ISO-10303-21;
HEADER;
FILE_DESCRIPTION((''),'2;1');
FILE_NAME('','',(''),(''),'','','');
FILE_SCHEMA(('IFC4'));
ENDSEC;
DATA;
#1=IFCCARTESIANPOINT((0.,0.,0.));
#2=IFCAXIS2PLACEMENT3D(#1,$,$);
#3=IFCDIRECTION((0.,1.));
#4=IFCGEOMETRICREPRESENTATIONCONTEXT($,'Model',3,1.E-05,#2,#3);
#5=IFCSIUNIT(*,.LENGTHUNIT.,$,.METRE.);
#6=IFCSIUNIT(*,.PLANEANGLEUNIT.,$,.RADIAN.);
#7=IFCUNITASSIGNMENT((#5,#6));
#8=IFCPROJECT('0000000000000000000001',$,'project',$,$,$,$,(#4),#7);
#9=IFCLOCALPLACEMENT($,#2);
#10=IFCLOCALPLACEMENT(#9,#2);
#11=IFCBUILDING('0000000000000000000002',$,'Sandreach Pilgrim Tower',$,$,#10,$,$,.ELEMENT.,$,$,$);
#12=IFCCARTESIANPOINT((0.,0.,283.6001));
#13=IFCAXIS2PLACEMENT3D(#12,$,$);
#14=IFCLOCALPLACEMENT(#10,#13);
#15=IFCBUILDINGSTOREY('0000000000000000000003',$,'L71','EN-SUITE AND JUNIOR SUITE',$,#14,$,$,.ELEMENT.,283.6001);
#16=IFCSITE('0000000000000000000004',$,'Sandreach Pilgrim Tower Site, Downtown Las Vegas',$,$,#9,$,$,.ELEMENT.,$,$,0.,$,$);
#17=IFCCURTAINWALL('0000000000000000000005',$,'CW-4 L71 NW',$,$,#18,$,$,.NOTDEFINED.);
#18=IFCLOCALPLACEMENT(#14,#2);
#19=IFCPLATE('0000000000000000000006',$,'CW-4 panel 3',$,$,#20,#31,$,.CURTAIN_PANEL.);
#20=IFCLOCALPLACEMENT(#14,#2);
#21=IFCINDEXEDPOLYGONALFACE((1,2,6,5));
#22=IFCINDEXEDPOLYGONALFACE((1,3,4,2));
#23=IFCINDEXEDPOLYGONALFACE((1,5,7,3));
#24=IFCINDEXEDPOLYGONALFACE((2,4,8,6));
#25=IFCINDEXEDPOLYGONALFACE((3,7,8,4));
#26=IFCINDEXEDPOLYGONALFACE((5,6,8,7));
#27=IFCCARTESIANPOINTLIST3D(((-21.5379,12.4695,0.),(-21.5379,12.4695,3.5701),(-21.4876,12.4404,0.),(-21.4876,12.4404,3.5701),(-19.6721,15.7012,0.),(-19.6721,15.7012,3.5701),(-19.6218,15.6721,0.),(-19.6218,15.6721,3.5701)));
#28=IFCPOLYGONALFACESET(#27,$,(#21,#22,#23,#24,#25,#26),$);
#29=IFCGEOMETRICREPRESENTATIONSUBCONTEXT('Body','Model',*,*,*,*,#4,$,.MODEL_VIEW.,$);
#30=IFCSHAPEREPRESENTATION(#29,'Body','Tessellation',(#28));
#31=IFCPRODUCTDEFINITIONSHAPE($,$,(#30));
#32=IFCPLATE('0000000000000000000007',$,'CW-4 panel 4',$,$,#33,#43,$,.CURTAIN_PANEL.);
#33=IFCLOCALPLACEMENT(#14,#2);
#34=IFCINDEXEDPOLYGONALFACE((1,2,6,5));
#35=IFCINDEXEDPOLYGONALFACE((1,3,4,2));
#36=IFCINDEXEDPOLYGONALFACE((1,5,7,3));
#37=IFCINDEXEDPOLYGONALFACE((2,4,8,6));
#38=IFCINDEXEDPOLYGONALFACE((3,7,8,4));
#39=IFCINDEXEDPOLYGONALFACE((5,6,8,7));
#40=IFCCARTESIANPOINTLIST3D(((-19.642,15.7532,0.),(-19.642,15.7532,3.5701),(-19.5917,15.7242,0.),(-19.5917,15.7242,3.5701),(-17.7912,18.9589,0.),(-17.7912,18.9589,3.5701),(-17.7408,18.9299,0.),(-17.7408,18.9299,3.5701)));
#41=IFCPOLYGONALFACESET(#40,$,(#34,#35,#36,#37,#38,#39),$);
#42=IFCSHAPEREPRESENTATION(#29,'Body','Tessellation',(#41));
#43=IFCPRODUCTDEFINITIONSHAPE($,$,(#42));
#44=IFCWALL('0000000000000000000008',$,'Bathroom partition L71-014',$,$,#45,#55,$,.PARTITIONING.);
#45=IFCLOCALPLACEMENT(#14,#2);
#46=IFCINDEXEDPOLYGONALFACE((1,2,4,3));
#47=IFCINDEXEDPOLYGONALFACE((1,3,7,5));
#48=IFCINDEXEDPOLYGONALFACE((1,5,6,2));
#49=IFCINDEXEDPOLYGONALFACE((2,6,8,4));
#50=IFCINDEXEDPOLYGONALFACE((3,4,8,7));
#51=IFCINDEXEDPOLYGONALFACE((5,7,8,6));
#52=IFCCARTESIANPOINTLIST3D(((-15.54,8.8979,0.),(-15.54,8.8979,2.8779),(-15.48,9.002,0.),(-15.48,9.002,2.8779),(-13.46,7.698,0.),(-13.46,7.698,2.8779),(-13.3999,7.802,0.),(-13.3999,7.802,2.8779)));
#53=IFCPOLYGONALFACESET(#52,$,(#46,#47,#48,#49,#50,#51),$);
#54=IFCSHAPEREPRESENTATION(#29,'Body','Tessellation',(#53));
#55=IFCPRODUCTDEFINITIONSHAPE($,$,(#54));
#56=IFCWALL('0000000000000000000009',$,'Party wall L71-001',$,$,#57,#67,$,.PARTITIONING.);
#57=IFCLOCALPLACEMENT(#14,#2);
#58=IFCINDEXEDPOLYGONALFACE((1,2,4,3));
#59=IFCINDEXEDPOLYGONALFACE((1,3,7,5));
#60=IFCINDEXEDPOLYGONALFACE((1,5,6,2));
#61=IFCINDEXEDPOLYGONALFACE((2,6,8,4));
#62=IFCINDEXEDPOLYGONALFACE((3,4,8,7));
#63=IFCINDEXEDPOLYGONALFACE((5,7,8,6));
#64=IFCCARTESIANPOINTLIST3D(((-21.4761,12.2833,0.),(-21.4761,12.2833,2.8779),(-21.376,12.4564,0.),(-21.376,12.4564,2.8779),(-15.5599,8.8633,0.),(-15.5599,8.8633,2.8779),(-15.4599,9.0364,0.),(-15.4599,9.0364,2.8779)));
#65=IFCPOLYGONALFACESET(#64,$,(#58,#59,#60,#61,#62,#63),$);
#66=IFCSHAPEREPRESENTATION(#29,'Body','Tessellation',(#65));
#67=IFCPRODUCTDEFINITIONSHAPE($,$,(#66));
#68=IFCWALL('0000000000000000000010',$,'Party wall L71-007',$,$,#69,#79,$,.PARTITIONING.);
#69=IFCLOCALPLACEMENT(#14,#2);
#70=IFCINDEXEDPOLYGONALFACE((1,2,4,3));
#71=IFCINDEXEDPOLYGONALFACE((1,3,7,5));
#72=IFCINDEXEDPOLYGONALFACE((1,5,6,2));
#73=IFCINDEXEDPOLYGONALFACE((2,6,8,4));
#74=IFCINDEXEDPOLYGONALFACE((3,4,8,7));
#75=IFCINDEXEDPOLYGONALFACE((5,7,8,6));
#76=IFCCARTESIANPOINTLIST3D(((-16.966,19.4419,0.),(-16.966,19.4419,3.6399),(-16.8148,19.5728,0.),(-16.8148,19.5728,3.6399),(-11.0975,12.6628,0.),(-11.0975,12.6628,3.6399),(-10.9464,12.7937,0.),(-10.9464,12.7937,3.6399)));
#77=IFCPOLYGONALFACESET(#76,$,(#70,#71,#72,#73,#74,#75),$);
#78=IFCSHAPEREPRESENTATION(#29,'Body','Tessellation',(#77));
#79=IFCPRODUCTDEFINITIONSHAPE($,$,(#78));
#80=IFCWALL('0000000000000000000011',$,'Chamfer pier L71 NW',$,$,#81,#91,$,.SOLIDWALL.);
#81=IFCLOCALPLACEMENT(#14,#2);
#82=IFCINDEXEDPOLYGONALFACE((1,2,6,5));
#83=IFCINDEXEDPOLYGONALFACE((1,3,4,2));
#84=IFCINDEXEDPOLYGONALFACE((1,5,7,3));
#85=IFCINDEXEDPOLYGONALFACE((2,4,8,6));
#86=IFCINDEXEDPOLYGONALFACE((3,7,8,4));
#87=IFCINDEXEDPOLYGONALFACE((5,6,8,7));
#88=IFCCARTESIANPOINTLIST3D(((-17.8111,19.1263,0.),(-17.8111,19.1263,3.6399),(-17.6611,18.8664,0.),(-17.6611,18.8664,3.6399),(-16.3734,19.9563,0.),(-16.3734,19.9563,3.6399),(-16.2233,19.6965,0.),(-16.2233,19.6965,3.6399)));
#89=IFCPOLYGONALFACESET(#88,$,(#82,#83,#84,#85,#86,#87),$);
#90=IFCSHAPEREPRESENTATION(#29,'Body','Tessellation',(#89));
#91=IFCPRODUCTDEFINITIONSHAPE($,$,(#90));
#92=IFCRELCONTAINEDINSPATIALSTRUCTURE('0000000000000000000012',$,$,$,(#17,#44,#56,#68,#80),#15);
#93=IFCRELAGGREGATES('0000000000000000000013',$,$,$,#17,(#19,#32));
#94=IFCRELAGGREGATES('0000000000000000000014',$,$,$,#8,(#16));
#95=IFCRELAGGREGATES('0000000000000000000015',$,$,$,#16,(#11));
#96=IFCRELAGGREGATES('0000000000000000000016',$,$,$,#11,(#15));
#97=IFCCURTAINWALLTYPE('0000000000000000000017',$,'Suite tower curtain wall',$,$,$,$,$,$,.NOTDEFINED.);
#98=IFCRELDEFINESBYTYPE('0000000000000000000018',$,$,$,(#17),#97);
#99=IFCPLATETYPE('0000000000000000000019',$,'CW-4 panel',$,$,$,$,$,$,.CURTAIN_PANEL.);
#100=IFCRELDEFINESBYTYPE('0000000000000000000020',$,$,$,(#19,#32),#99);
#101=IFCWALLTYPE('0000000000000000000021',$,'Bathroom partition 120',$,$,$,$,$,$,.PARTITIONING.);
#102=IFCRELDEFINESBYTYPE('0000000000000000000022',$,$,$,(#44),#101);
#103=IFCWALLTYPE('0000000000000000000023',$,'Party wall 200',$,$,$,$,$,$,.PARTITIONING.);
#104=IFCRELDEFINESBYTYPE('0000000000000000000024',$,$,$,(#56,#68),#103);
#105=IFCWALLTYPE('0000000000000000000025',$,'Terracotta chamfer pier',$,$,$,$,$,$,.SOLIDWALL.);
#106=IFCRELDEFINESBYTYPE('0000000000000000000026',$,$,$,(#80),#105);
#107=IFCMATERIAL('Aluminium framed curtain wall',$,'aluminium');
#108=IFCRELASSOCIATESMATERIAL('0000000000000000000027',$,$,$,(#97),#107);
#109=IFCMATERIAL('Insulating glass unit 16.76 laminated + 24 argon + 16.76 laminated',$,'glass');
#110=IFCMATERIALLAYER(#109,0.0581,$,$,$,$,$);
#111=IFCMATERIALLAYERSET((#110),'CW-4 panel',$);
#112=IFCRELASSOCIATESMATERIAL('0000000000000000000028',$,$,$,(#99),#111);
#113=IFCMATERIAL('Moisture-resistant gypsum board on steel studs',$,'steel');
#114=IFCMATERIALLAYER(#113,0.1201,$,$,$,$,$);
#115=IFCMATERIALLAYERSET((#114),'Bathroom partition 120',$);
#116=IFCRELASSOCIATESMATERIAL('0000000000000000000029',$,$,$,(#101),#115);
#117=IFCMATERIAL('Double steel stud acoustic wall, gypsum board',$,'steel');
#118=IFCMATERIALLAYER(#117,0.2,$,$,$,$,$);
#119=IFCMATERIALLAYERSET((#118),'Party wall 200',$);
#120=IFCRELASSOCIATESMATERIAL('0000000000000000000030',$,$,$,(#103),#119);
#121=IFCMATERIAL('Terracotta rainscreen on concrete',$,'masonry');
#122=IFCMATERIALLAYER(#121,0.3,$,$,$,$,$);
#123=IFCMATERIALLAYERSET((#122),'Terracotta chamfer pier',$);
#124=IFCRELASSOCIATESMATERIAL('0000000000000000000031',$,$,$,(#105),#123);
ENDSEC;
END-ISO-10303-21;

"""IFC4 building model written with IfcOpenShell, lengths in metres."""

from ifc_helpers import new_model, si_unit, direction, frame, frame_2d, origin, origin_2d, place, context, subcontext, project, spatial, rectangle, extrude, material, layer, layer_set, type_object, element, aggregate, save


model = new_model("IFC4")

# Units and contexts
model_context = context("Model", 3, precision=1e-05, world=origin(), true_north=direction((0.0, 1.0)))
body_context = subcontext(model_context, "Body", "Model", "MODEL_VIEW")
ifc_project = project(units=[si_unit("LENGTHUNIT", "METRE"), si_unit("PLANEANGLEUNIT", "RADIAN")], contexts=[model_context])

# Site, building, storey
site_placement = place(None, origin())
site = spatial("IfcSite", under=ifc_project, at=site_placement, Name="Sandreach Pilgrim Tower Site, Downtown Las Vegas", CompositionType="ELEMENT", RefElevation=0.0)
building_placement = place(site_placement, origin())
building = spatial("IfcBuilding", under=site, at=building_placement, Name="Sandreach Pilgrim Tower", CompositionType="ELEMENT")
storey_placement = place(building_placement, frame((0.0, 0.0, 283.6001)))
storey = spatial("IfcBuildingStorey", under=building, at=storey_placement, Name="L71", Description="EN-SUITE AND JUNIOR SUITE", CompositionType="ELEMENT", Elevation=283.6001)

# Shared definitions
ifc_material_1 = material(Name="Aluminium framed curtain wall", Category="aluminium")
curtain_wall_type = type_object("IfcCurtainWallType", Name="Suite tower curtain wall", PredefinedType="NOTDEFINED", material=ifc_material_1)

# Curtain wall
curtain_wall_1_placement = place(storey_placement, origin())
curtain_wall_1 = element("IfcCurtainWall", 1, at=curtain_wall_1_placement, inside=storey, type_object=curtain_wall_type, Name="CW-4 L71 NW", PredefinedType="NOTDEFINED")

# Plates
ifc_material_2 = material(Name="Insulating glass unit 16.76 laminated + 24 argon + 16.76 laminated", Category="glass")
ifc_layer_1 = layer(ifc_material_2, 0.0581)
ifc_layer_set_1 = layer_set([ifc_layer_1], Name="CW-4 panel")
plate_type = type_object("IfcPlateType", Name="CW-4 panel", PredefinedType="CURTAIN_PANEL", material=ifc_layer_set_1)
plate_1_placement = place(storey_placement, frame((-20.5798, 14.0708, 0.0), z_axis=(0.0, 0.0, 1.0), x_axis=(0.5, 0.866025, 0.0)))
plate_1 = element("IfcPlate", 2, at=plate_1_placement, type_object=plate_type, Name="CW-4 panel 3", PredefinedType="CURTAIN_PANEL", context=body_context, shape_type="SweptSolid", body=[
    extrude(rectangle(XDim=3.7317, YDim=0.0581, at=origin_2d()), origin(), (0.0, 0.0, 1.0), 3.5701),
])
plate_2_placement = place(storey_placement, frame((-18.6914, 17.3416, 0.0), z_axis=(0.0, 0.0, 1.0), x_axis=(0.5, 0.866025, 0.0)))
plate_2 = element("IfcPlate", 3, at=plate_2_placement, type_object=plate_type, Name="CW-4 panel 4", PredefinedType="CURTAIN_PANEL", context=body_context, shape_type="SweptSolid", body=[
    extrude(rectangle(XDim=3.7017, YDim=0.0581, at=origin_2d()), origin(), (0.0, 0.0, 1.0), 3.5701),
])
aggregate(curtain_wall_1, [plate_1, plate_2])

# Walls
ifc_material_3 = material(Name="Moisture-resistant gypsum board on steel studs", Category="steel")
ifc_layer_2 = layer(ifc_material_3, 0.1201)
ifc_layer_set_2 = layer_set([ifc_layer_2], Name="Bathroom partition 120")
wall_type_1 = type_object("IfcWallType", Name="Bathroom partition 120", PredefinedType="PARTITIONING", material=ifc_layer_set_2)
wall_1_placement = place(storey_placement, frame((-15.51, 8.95, 0.0), z_axis=(0.0, 0.0, 1.0), x_axis=(0.866203, -0.499693, 0.0)))
element("IfcWall", 4, at=wall_1_placement, inside=storey, type_object=wall_type_1, Name="Bathroom partition L71-014", PredefinedType="PARTITIONING", context=body_context, shape_type="SweptSolid", body=[
    extrude(rectangle(XDim=2.4014, YDim=0.1201, at=frame_2d((1.2007, 0.0))), origin(), (0.0, 0.0, 1.0), 2.8779),
])
ifc_material_4 = material(Name="Double steel stud acoustic wall, gypsum board", Category="steel")
ifc_layer_3 = layer(ifc_material_4, 0.2)
ifc_layer_set_3 = layer_set([ifc_layer_3], Name="Party wall 200")
wall_type_2 = type_object("IfcWallType", Name="Party wall 200", PredefinedType="PARTITIONING", material=ifc_layer_set_3)
wall_2_placement = place(storey_placement, frame((-21.426, 12.3699, 0.0), z_axis=(0.0, 0.0, 1.0), x_axis=(0.865752, -0.500473, 0.0)))
element("IfcWall", 5, at=wall_2_placement, inside=storey, type_object=wall_type_2, Name="Party wall L71-001", PredefinedType="PARTITIONING", context=body_context, shape_type="SweptSolid", body=[
    extrude(rectangle(XDim=6.8335, YDim=0.2, at=frame_2d((3.4167, 0.0))), origin(), (0.0, 0.0, 1.0), 2.8779),
])
wall_3_placement = place(storey_placement, frame((-16.8904, 19.5073, 0.0), z_axis=(0.0, 0.0, 1.0), x_axis=(0.654499, -0.756063, 0.0)))
element("IfcWall", 6, at=wall_3_placement, inside=storey, type_object=wall_type_2, Name="Party wall L71-007", PredefinedType="PARTITIONING", context=body_context, shape_type="SweptSolid", body=[
    extrude(rectangle(XDim=8.9663, YDim=0.2, at=frame_2d((4.4832, 0.0))), origin(), (0.0, 0.0, 1.0), 3.6399),
])
ifc_material_5 = material(Name="Terracotta rainscreen on concrete", Category="masonry")
ifc_layer_4 = layer(ifc_material_5, 0.3)
ifc_layer_set_4 = layer_set([ifc_layer_4], Name="Terracotta chamfer pier")
wall_type_3 = type_object("IfcWallType", Name="Terracotta chamfer pier", PredefinedType="SOLIDWALL", material=ifc_layer_set_4)
wall_4_placement = place(storey_placement, frame((-17.7361, 18.9963, 0.0), z_axis=(0.0, 0.0, 1.0), x_axis=(0.866026, 0.499998, 0.0)))
element("IfcWall", 7, at=wall_4_placement, inside=storey, type_object=wall_type_3, Name="Chamfer pier L71 NW", PredefinedType="SOLIDWALL", context=body_context, shape_type="SweptSolid", body=[
    extrude(rectangle(XDim=1.6602, YDim=0.3, at=frame_2d((0.8301, 0.0))), origin(), (0.0, 0.0, 1.0), 3.6399),
])

save(model, "model.ifc")
